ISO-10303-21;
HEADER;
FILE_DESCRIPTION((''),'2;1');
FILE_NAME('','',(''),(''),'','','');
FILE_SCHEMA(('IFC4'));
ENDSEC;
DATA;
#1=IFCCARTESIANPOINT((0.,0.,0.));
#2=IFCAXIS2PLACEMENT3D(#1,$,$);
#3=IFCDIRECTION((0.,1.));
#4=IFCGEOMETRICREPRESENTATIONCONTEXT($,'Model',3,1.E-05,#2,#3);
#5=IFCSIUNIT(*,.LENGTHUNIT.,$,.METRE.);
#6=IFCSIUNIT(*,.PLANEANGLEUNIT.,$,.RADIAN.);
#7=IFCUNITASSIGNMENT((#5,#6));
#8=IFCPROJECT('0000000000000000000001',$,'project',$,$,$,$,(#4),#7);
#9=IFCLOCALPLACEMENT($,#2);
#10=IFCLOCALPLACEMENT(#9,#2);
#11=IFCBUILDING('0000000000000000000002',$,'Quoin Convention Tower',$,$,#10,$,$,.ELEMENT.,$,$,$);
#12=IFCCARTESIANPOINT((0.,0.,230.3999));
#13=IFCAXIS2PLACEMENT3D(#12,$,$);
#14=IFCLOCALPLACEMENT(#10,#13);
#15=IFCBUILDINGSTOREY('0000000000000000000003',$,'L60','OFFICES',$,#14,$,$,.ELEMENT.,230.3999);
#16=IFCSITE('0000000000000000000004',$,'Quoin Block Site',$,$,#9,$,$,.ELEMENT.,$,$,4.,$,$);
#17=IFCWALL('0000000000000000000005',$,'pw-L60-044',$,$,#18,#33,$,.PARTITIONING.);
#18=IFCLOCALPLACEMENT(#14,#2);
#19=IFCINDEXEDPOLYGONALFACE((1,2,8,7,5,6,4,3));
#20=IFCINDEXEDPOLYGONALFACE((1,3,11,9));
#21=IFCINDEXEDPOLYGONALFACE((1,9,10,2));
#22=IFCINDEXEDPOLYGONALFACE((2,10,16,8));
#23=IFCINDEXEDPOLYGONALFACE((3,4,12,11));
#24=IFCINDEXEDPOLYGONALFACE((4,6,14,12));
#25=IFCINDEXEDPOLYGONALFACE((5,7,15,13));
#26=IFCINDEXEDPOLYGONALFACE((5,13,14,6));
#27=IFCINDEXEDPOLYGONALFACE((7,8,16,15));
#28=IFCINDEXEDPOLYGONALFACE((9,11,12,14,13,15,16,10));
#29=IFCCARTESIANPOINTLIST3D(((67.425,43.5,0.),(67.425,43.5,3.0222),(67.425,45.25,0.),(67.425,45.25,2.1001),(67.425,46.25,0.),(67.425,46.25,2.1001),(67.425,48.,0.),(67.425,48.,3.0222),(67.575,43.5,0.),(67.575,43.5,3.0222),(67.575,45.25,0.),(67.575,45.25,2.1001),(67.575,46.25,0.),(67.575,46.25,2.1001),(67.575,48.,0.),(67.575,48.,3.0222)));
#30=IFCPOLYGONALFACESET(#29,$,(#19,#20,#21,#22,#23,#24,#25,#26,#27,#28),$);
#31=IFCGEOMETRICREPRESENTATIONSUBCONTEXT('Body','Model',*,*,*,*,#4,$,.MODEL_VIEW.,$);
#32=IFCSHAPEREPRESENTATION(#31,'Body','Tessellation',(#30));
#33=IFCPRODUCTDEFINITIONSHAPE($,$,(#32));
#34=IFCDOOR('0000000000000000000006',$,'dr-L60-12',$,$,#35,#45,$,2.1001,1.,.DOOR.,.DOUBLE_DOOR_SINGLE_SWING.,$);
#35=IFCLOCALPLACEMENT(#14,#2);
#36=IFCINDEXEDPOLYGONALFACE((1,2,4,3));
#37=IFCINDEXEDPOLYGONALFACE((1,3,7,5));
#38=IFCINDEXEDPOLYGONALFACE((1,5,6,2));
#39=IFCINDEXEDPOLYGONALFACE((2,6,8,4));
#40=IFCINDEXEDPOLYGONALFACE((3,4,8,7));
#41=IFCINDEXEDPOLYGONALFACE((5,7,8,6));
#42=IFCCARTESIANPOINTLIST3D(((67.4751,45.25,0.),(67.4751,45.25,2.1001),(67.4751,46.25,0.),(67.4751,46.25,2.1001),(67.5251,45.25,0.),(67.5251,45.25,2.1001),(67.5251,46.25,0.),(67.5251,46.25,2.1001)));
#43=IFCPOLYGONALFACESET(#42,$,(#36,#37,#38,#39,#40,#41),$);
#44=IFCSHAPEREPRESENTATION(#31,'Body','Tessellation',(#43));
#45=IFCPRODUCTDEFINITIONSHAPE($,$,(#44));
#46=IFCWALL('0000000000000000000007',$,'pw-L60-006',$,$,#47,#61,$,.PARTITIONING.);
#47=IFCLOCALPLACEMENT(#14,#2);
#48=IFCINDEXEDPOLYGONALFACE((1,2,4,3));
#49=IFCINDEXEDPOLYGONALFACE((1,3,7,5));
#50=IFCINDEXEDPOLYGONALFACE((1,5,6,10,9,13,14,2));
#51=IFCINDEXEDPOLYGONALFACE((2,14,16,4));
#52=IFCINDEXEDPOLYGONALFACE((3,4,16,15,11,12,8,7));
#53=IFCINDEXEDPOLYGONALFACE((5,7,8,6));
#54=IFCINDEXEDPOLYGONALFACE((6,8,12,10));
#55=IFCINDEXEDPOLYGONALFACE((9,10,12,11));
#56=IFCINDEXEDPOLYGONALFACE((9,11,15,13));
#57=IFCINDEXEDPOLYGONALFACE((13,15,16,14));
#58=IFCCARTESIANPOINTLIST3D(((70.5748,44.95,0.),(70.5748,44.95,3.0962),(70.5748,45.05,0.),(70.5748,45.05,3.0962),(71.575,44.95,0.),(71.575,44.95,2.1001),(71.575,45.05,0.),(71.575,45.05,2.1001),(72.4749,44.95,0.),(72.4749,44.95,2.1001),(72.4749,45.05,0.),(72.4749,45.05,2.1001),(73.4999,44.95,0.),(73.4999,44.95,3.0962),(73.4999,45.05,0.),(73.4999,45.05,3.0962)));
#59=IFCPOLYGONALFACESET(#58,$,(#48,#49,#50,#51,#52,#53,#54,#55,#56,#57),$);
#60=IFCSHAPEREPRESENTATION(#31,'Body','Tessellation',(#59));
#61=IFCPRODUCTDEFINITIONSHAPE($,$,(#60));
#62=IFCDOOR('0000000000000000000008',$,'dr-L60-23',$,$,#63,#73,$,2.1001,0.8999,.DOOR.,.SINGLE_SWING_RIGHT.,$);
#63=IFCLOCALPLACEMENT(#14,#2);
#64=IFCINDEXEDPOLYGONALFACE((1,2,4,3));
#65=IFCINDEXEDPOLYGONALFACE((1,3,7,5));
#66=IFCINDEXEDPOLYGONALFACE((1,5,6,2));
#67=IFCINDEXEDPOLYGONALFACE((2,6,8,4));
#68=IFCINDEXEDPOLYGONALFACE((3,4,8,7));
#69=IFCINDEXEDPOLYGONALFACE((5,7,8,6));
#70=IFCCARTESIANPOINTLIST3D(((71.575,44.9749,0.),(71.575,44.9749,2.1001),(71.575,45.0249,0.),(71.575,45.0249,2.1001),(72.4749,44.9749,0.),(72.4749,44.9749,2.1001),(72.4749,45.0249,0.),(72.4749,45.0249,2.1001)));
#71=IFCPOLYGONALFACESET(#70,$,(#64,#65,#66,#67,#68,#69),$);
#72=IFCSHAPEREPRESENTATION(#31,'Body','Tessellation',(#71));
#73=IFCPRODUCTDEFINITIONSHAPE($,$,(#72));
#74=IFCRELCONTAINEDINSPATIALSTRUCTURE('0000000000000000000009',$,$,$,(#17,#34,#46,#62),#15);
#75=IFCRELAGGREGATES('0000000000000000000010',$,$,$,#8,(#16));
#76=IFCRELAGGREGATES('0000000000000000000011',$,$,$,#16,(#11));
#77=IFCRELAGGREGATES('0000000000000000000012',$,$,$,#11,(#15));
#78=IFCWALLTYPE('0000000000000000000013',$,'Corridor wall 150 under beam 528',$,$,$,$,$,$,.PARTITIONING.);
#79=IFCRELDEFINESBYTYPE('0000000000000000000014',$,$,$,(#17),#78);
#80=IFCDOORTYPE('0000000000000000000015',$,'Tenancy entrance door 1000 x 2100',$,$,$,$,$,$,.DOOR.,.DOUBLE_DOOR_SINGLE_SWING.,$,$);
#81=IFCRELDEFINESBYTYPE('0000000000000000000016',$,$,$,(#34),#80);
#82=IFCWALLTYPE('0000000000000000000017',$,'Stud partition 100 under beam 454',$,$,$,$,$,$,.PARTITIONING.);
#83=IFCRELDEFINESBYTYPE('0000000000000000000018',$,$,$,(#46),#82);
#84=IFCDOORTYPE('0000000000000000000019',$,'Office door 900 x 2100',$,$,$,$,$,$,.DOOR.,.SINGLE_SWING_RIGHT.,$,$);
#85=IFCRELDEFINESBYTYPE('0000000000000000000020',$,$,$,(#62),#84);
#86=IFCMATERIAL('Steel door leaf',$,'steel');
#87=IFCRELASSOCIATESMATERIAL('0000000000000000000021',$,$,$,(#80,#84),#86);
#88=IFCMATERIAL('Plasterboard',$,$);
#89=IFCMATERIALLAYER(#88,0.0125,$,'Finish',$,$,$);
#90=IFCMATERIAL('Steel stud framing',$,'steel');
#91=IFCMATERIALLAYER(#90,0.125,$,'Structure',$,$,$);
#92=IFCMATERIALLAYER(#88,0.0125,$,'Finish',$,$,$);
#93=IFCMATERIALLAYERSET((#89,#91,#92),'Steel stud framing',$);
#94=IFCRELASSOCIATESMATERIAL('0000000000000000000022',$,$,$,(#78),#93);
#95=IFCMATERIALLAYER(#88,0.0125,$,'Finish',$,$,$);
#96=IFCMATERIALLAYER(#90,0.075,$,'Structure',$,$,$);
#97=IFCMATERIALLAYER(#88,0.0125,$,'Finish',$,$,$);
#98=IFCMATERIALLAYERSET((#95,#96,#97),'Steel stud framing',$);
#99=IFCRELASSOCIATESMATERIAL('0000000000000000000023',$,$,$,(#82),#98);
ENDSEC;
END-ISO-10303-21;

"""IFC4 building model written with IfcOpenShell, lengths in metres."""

from ifc_helpers import new_model, si_unit, direction, frame, frame_2d, origin, place, context, subcontext, project, spatial, rectangle, extrude, material, layer, layer_set, type_object, element, fill, save


model = new_model("IFC4")

# Units and contexts
model_context = context("Model", 3, precision=1e-05, world=origin(), true_north=direction((0.0, 1.0)))
body_context = subcontext(model_context, "Body", "Model", "MODEL_VIEW")
ifc_project = project(units=[si_unit("LENGTHUNIT", "METRE"), si_unit("PLANEANGLEUNIT", "RADIAN")], contexts=[model_context])

# Site, building, storey
site_placement = place(None, origin())
site = spatial("IfcSite", under=ifc_project, at=site_placement, Name="Quoin Block Site", CompositionType="ELEMENT", RefElevation=4.0)
building_placement = place(site_placement, origin())
building = spatial("IfcBuilding", under=site, at=building_placement, Name="Quoin Convention Tower", CompositionType="ELEMENT")
storey_placement = place(building_placement, frame((0.0, 0.0, 230.3999)))
storey = spatial("IfcBuildingStorey", under=building, at=storey_placement, Name="L60", Description="OFFICES", CompositionType="ELEMENT", Elevation=230.3999)

# Shared definitions
ifc_material_1 = material(Name="Plasterboard")
ifc_material_2 = material(Name="Steel stud framing", Category="steel")

# Walls, openings, doors
ifc_material_3 = material(Name="Steel door leaf", Category="steel")
door_type_1 = type_object("IfcDoorType", Name="Tenancy entrance door 1000 x 2100", OperationType="DOUBLE_DOOR_SINGLE_SWING", PredefinedType="DOOR", material=ifc_material_3)
ifc_layer_1 = layer(ifc_material_1, 0.0125, Name="Finish")
ifc_layer_2 = layer(ifc_material_2, 0.125, Name="Structure")
ifc_layer_3 = layer(ifc_material_1, 0.0125, Name="Finish")
ifc_layer_set_1 = layer_set([ifc_layer_1, ifc_layer_2, ifc_layer_3], Name="Steel stud framing")
wall_type_1 = type_object("IfcWallType", Name="Corridor wall 150 under beam 528", PredefinedType="PARTITIONING", material=ifc_layer_set_1)
wall_1_placement = place(storey_placement, frame((67.5, 43.5, 0.0), z_axis=(0.0, 0.0, 1.0), x_axis=(0.0, 1.0, 0.0)))
wall_1 = element("IfcWall", 1, at=wall_1_placement, inside=storey, type_object=wall_type_1, Name="pw-L60-044", PredefinedType="PARTITIONING", context=body_context, shape_type="SweptSolid", body=[
    extrude(rectangle(XDim=4.5, YDim=0.1499, at=frame_2d((2.25, 0.0))), origin(), (0.0, 0.0, 1.0), 3.0222),
])
opening_1_placement = place(wall_1_placement, frame((1.75, 0.0, 0.0)))
opening_1 = element("IfcOpeningElement", 2, at=opening_1_placement, cuts=wall_1, PredefinedType="OPENING", context=body_context, shape_type="SweptSolid", body=[
    extrude(rectangle(XDim=1.0, YDim=2.1001, at=frame_2d((0.5, 1.05))), frame((0.0, 0.085, 0.0), z_axis=(0.0, -1.0, 0.0), x_axis=(1.0, 0.0, 0.0)), (0.0, 0.0, 1.0), 0.1699),
])
door_1_placement = place(opening_1_placement, origin())
door_1 = element("IfcDoor", 3, at=door_1_placement, inside=storey, type_object=door_type_1, Name="dr-L60-12", OperationType="DOUBLE_DOOR_SINGLE_SWING", OverallHeight=2.1001, OverallWidth=1.0, PredefinedType="DOOR", context=body_context, shape_type="SweptSolid", body=[
    extrude(rectangle(XDim=1.0, YDim=2.1001, at=frame_2d((0.5, 1.05))), frame((0.0, 0.0249, 0.0), z_axis=(0.0, -1.0, 0.0), x_axis=(1.0, 0.0, 0.0)), (0.0, 0.0, 1.0), 0.05),
])
fill(opening_1, door_1)
ifc_layer_4 = layer(ifc_material_1, 0.0125, Name="Finish")
ifc_layer_5 = layer(ifc_material_2, 0.075, Name="Structure")
ifc_layer_6 = layer(ifc_material_1, 0.0125, Name="Finish")
ifc_layer_set_2 = layer_set([ifc_layer_4, ifc_layer_5, ifc_layer_6], Name="Steel stud framing")
wall_type_2 = type_object("IfcWallType", Name="Stud partition 100 under beam 454", PredefinedType="PARTITIONING", material=ifc_layer_set_2)
wall_2_placement = place(storey_placement, frame((70.575, 45.0, 0.0), z_axis=(0.0, 0.0, 1.0), x_axis=(1.0, 0.0, 0.0)))
wall_2 = element("IfcWall", 4, at=wall_2_placement, inside=storey, type_object=wall_type_2, Name="pw-L60-006", PredefinedType="PARTITIONING", context=body_context, shape_type="SweptSolid", body=[
    extrude(rectangle(XDim=2.925, YDim=0.1001, at=frame_2d((1.4624, 0.0))), origin(), (0.0, 0.0, 1.0), 3.0962),
])
opening_2_placement = place(wall_2_placement, frame((1.0, 0.0, 0.0)))
opening_2 = element("IfcOpeningElement", 5, at=opening_2_placement, cuts=wall_2, PredefinedType="OPENING", context=body_context, shape_type="SweptSolid", body=[
    extrude(rectangle(XDim=0.8999, YDim=2.1001, at=frame_2d((0.45, 1.05))), frame((0.0, 0.0601, 0.0), z_axis=(0.0, -1.0, 0.0), x_axis=(1.0, 0.0, 0.0)), (0.0, 0.0, 1.0), 0.1201),
])
door_type_2 = type_object("IfcDoorType", Name="Office door 900 x 2100", OperationType="SINGLE_SWING_RIGHT", PredefinedType="DOOR", material=ifc_material_3)
door_2_placement = place(opening_2_placement, origin())
door_2 = element("IfcDoor", 6, at=door_2_placement, inside=storey, type_object=door_type_2, Name="dr-L60-23", OperationType="SINGLE_SWING_RIGHT", OverallHeight=2.1001, OverallWidth=0.8999, PredefinedType="DOOR", context=body_context, shape_type="SweptSolid", body=[
    extrude(rectangle(XDim=0.8999, YDim=2.1001, at=frame_2d((0.45, 1.05))), frame((0.0, 0.0249, 0.0), z_axis=(0.0, -1.0, 0.0), x_axis=(1.0, 0.0, 0.0)), (0.0, 0.0, 1.0), 0.05),
])
fill(opening_2, door_2)

save(model, "model.ifc")
